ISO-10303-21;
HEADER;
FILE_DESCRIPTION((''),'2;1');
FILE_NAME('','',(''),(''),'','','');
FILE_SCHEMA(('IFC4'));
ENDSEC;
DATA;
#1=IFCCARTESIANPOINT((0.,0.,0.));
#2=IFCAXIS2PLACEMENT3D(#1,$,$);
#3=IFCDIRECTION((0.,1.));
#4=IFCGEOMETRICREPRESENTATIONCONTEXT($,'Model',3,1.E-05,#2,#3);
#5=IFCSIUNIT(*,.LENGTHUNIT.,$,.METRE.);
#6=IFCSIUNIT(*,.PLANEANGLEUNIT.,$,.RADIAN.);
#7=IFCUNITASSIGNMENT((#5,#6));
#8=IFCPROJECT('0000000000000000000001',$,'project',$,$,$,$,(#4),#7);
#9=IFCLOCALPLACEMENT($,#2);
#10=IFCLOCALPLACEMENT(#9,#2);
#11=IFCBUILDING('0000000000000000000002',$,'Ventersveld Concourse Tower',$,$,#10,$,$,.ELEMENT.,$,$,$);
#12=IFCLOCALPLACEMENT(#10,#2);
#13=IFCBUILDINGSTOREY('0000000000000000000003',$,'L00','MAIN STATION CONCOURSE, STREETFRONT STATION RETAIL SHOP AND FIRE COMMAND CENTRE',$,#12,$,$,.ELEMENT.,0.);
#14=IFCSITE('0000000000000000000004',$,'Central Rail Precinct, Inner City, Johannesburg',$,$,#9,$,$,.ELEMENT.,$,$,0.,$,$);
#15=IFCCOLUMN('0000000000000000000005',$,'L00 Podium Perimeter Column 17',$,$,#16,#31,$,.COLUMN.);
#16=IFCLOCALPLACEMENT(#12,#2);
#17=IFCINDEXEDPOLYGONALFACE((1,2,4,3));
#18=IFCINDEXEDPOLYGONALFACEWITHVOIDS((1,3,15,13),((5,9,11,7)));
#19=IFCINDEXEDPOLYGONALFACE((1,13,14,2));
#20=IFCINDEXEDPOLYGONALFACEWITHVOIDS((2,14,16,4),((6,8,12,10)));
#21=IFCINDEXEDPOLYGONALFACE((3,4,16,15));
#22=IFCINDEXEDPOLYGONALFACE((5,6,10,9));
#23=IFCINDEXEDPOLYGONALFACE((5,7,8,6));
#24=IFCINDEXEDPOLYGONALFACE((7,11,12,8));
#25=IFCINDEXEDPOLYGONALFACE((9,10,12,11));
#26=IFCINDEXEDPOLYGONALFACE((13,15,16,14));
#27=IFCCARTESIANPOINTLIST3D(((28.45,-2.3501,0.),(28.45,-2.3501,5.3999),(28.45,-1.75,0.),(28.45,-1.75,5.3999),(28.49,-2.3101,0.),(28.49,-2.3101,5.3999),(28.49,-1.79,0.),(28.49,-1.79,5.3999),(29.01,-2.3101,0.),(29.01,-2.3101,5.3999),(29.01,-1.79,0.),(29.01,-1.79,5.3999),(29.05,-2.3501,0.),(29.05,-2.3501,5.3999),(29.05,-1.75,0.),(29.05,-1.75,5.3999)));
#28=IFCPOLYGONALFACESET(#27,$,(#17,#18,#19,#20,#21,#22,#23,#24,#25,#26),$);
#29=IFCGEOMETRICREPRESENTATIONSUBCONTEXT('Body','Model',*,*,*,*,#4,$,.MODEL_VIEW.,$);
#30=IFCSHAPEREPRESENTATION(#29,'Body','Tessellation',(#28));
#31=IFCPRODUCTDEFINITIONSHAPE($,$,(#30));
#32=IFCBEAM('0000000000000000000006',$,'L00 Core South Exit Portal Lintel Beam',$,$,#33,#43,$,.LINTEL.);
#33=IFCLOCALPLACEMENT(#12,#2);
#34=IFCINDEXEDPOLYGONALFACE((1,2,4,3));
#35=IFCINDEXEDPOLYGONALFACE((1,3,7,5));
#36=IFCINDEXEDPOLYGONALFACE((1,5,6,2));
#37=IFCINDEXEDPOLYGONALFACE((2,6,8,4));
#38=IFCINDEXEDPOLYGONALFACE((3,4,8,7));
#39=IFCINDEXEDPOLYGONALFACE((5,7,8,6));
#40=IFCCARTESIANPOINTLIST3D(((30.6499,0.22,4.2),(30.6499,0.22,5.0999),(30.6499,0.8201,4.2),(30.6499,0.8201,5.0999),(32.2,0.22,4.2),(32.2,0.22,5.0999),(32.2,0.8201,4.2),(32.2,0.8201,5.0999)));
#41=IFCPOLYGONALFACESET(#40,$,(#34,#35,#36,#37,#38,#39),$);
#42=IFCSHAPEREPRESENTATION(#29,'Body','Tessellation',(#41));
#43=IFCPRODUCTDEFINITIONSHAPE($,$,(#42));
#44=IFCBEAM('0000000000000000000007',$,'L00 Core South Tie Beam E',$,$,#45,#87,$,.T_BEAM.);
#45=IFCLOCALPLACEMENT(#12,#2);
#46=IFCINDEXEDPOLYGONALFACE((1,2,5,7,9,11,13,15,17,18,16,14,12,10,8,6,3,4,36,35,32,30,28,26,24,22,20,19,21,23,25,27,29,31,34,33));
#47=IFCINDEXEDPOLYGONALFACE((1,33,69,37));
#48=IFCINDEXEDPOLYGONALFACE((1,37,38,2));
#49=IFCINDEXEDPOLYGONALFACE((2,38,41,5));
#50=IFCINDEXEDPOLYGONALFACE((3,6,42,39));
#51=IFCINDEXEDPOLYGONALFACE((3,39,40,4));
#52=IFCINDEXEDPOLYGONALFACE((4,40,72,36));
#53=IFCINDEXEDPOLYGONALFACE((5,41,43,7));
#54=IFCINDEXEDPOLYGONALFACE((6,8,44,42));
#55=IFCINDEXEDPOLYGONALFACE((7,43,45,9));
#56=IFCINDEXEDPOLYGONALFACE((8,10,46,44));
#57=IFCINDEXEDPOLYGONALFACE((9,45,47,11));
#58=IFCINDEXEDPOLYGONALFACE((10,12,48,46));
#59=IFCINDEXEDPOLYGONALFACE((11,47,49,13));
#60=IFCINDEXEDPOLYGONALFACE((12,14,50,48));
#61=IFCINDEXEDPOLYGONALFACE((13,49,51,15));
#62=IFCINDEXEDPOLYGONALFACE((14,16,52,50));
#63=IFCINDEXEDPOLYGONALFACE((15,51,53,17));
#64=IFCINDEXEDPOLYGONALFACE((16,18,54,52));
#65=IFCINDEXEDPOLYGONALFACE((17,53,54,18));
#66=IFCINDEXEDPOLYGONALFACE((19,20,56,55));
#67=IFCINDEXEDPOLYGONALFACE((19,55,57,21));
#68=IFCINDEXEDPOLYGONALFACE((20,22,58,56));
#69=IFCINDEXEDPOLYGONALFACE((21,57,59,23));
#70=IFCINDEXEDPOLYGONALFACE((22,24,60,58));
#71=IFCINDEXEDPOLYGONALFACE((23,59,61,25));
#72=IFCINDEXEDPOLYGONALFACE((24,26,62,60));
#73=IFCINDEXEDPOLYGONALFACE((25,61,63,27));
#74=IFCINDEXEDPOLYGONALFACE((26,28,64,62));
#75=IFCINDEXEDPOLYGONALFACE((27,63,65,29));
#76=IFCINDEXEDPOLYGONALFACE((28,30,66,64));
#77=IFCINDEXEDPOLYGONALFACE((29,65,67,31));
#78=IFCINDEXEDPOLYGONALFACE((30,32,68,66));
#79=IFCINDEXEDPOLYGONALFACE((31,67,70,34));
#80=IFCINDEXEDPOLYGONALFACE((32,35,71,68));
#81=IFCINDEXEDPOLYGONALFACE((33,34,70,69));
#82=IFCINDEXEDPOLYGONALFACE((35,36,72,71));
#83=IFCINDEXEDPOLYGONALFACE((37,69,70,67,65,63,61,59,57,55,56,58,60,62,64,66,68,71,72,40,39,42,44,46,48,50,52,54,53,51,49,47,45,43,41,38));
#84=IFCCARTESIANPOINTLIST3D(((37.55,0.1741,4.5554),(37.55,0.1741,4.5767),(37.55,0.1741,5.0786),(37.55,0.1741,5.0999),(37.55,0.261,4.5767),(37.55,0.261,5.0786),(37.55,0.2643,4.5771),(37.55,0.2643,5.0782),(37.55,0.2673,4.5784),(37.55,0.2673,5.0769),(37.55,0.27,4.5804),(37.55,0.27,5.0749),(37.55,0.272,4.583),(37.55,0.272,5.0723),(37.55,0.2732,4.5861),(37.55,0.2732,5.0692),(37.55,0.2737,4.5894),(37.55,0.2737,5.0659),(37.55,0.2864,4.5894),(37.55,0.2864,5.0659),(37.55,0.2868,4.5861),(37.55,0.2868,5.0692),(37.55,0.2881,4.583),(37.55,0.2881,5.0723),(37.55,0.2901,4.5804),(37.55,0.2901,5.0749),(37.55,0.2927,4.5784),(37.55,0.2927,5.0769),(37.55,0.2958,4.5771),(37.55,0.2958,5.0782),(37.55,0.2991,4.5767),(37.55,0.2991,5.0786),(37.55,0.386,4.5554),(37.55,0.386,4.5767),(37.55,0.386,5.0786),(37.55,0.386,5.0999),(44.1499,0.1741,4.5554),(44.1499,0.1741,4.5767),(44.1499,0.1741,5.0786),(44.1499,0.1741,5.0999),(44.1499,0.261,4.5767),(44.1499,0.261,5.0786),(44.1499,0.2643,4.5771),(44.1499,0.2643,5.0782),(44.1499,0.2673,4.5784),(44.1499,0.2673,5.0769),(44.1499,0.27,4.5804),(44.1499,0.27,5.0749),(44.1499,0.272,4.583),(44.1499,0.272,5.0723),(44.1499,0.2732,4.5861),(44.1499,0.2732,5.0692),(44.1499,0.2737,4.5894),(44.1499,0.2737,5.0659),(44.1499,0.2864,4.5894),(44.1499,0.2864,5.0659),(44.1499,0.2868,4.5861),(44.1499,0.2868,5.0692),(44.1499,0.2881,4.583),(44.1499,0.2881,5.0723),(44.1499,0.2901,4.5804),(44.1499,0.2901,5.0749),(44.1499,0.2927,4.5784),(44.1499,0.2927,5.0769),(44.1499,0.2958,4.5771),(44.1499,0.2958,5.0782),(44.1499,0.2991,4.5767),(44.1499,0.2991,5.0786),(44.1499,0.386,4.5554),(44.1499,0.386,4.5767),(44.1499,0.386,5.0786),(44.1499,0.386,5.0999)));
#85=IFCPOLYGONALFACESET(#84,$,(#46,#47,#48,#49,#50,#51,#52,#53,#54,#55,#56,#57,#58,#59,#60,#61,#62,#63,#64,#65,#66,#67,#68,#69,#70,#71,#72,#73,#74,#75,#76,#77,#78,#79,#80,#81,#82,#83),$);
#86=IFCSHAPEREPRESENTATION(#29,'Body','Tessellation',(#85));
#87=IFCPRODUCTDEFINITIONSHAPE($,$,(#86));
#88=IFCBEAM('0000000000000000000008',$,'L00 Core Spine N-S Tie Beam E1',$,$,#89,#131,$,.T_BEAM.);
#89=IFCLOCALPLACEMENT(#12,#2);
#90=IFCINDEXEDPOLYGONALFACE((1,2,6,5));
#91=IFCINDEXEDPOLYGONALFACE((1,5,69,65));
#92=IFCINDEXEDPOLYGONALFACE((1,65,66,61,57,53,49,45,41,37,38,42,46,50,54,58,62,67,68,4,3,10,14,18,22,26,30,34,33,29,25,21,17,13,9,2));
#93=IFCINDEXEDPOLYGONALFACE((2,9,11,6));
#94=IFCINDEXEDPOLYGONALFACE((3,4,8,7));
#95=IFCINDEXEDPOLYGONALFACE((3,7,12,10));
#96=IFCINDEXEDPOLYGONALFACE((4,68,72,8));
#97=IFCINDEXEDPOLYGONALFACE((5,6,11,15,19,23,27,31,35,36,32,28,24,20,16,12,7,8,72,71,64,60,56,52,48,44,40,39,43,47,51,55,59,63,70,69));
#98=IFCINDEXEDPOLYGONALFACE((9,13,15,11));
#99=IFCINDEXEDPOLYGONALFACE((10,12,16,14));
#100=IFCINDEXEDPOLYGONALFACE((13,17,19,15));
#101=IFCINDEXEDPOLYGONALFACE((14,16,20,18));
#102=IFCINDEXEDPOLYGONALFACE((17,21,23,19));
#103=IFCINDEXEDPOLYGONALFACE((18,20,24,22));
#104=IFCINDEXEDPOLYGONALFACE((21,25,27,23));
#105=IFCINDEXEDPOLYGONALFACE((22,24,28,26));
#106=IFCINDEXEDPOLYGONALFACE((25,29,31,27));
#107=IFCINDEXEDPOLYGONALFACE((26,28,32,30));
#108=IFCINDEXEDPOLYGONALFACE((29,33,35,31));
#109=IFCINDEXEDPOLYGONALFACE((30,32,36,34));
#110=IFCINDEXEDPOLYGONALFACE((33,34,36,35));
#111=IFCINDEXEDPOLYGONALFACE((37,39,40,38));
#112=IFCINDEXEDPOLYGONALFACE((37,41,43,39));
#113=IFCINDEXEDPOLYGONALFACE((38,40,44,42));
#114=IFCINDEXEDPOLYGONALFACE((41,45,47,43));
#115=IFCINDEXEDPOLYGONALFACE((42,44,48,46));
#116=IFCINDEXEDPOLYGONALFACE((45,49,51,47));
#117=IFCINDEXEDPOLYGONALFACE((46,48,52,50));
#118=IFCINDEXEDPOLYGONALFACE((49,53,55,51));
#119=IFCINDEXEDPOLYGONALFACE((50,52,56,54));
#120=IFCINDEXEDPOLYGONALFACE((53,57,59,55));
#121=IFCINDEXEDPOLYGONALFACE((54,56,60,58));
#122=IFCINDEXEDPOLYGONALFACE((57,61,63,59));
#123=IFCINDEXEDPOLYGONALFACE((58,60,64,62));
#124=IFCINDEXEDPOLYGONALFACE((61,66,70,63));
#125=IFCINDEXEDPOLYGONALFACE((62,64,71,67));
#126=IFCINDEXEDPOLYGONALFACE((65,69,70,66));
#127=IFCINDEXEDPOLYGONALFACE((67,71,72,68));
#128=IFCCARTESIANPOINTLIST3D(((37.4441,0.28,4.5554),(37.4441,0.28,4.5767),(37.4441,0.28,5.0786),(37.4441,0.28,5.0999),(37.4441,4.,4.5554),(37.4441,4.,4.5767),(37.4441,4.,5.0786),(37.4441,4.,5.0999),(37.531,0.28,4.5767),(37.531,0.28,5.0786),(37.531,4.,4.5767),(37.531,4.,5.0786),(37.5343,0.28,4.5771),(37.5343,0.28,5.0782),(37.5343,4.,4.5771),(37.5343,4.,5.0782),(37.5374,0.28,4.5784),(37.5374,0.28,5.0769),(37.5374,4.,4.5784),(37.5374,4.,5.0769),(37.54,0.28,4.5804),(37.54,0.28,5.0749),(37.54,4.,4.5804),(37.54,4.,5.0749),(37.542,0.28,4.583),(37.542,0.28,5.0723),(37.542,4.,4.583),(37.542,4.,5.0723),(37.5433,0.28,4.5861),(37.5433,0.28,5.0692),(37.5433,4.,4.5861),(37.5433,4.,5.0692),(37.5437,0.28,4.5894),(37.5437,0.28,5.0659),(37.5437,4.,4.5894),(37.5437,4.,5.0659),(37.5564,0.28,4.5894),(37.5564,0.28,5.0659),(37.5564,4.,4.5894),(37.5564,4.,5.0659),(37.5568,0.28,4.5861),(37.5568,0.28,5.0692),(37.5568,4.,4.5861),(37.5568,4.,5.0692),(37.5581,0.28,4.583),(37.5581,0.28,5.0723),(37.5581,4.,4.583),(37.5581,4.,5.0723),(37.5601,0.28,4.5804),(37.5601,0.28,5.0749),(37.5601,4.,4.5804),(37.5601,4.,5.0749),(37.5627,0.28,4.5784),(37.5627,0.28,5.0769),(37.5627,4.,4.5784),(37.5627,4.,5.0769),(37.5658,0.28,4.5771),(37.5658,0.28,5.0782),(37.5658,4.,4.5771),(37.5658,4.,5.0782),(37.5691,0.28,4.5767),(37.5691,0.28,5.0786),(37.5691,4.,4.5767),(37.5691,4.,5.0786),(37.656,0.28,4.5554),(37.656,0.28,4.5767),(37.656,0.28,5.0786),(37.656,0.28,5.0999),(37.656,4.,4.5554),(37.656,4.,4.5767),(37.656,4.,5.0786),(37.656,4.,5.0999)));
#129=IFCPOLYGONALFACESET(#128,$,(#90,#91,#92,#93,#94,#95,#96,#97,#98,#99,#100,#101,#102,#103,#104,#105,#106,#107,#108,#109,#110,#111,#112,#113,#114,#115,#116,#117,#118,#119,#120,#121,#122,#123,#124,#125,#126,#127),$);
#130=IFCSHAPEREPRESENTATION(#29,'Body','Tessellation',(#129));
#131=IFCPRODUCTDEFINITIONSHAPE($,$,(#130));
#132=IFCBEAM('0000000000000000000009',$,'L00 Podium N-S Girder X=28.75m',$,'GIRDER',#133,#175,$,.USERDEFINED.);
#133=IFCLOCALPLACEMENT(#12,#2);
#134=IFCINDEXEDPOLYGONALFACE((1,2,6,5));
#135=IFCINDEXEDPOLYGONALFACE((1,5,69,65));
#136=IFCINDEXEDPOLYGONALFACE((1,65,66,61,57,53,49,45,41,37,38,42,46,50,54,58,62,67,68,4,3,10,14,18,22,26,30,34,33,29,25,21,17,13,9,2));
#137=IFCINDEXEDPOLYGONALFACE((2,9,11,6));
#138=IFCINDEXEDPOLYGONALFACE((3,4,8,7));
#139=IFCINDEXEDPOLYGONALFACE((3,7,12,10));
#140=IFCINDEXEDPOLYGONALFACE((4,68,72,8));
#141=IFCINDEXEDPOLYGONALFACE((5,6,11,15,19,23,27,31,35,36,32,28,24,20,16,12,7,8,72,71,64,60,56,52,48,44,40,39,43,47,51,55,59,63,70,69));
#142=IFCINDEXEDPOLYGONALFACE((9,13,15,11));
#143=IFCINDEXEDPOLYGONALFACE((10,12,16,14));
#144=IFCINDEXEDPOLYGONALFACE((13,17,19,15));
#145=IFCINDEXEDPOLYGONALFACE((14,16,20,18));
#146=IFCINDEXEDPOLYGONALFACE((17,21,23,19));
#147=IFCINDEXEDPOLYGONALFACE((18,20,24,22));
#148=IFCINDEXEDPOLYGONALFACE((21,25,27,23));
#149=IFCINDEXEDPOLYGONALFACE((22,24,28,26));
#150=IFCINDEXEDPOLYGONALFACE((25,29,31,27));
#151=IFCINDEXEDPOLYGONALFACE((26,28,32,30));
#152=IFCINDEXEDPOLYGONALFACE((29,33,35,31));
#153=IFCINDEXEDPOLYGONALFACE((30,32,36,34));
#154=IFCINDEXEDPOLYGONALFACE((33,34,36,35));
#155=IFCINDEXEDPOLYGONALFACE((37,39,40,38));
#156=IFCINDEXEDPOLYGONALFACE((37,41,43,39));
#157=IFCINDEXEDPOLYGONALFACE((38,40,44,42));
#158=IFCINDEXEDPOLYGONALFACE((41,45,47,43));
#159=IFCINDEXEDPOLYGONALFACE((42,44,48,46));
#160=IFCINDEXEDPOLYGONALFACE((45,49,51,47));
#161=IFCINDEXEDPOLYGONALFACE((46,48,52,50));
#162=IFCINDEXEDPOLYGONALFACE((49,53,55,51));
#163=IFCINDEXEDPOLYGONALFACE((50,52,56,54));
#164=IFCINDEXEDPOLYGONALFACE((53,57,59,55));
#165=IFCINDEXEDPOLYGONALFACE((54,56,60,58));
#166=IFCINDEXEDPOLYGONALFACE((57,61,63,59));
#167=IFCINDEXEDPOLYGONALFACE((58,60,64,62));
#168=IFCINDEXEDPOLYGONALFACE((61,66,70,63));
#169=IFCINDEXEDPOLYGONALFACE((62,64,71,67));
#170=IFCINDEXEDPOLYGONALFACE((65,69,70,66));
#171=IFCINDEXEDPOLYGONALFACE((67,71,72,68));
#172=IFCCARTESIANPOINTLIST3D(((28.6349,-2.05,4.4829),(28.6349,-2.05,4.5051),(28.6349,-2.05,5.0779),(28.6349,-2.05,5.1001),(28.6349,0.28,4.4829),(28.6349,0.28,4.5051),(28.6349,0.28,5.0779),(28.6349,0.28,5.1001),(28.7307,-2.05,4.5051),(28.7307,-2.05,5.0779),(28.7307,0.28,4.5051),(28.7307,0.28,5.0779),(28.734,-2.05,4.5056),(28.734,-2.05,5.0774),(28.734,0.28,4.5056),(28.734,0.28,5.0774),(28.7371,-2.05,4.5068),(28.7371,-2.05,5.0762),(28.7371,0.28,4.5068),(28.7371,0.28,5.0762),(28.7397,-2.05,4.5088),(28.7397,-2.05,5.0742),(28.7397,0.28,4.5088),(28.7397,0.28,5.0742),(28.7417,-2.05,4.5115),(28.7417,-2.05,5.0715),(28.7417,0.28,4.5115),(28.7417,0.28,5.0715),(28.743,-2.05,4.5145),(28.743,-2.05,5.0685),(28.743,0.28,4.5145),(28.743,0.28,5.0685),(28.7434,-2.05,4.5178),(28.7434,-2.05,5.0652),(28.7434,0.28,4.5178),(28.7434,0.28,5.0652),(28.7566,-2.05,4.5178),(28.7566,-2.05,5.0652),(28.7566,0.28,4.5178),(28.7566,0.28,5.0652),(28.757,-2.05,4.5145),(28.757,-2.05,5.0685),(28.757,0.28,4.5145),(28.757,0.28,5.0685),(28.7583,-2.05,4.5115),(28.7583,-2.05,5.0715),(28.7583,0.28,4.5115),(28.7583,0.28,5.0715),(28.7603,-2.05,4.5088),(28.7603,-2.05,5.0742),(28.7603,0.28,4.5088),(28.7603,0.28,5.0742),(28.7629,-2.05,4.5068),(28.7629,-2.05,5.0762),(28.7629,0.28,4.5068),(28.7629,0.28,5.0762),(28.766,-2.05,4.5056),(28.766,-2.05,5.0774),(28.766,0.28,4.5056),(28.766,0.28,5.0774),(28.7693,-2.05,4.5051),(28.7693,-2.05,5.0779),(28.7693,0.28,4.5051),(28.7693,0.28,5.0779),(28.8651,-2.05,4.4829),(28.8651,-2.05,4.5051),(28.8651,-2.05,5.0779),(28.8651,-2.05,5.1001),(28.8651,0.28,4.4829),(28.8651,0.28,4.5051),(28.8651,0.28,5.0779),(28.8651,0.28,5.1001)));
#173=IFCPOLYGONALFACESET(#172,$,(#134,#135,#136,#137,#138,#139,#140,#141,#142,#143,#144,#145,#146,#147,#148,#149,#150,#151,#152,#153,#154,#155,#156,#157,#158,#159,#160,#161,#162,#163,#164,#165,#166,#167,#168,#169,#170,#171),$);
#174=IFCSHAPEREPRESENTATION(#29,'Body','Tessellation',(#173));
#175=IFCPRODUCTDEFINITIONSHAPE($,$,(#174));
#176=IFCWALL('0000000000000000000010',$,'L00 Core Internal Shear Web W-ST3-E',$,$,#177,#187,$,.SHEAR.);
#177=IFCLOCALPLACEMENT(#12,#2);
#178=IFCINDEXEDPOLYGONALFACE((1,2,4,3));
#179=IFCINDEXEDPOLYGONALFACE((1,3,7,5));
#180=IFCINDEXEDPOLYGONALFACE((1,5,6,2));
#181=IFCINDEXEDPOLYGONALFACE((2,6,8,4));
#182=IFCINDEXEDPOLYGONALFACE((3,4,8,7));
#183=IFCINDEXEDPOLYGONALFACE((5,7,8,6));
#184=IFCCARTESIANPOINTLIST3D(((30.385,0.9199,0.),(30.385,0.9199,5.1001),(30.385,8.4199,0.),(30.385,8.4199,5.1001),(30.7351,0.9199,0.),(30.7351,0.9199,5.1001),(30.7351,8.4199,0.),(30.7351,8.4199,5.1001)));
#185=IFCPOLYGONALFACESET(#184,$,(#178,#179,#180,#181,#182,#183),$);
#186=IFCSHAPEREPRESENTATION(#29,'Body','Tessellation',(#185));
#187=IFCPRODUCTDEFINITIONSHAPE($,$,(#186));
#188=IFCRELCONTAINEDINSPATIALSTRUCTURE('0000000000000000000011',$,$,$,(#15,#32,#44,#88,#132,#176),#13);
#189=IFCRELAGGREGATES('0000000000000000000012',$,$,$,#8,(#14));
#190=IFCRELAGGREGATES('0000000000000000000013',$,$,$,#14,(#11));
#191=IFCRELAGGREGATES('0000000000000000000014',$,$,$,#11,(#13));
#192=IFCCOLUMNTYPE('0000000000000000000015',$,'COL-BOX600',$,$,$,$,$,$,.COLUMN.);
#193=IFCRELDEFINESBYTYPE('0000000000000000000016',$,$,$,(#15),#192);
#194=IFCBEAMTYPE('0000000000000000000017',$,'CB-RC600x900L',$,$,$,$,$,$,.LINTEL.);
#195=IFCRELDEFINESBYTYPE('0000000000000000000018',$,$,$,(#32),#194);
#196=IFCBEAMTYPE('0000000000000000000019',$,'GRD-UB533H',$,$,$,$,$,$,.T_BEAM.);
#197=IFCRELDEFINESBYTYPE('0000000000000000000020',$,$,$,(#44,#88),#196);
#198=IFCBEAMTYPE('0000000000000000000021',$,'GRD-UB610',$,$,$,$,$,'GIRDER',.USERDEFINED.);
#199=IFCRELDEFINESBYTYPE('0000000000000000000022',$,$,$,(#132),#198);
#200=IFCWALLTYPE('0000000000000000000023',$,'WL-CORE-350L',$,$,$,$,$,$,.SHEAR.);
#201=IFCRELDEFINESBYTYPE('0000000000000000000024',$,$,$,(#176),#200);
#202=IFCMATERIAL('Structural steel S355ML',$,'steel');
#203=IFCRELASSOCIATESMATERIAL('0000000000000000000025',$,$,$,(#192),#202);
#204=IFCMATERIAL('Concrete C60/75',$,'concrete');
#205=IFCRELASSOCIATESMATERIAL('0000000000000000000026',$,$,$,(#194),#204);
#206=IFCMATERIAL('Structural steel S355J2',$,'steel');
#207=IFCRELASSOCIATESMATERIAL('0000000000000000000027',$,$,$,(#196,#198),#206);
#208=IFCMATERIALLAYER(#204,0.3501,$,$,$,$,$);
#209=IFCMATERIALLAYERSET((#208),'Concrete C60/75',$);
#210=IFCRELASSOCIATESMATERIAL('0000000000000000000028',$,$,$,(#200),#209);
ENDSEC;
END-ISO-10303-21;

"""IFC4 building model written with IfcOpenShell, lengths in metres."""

from ifc_helpers import new_model, si_unit, direction, frame, frame_2d, origin, origin_2d, place, context, subcontext, project, spatial, rectangle, hollow_rectangle, i_section, extrude, material, layer, layer_set, material_profile, profile_set, type_object, element, save


model = new_model("IFC4")

# Units and contexts
model_context = context("Model", 3, precision=1e-05, world=origin(), true_north=direction((0.0, 1.0)))
body_context = subcontext(model_context, "Body", "Model", "MODEL_VIEW")
ifc_project = project(units=[si_unit("LENGTHUNIT", "METRE"), si_unit("PLANEANGLEUNIT", "RADIAN")], contexts=[model_context])

# Site, building, storey
site_placement = place(None, origin())
site = spatial("IfcSite", under=ifc_project, at=site_placement, Name="Central Rail Precinct, Inner City, Johannesburg", CompositionType="ELEMENT", RefElevation=0.0)
building_placement = place(site_placement, origin())
building = spatial("IfcBuilding", under=site, at=building_placement, Name="Ventersveld Concourse Tower", CompositionType="ELEMENT")
storey_placement = place(building_placement, origin())
storey = spatial("IfcBuildingStorey", under=building, at=storey_placement, Name="L00", Description="MAIN STATION CONCOURSE, STREETFRONT STATION RETAIL SHOP AND FIRE COMMAND CENTRE", CompositionType="ELEMENT", Elevation=0.0)

# Column
ifc_material_1 = material(Name="Structural steel S355ML", Category="steel")
ifc_material_profile_1 = material_profile(ifc_material_1, hollow_rectangle(XDim=0.6001, YDim=0.6001, WallThickness=0.04, at=origin_2d()), Name="BOX 600x600x40")
ifc_profile_set_1 = profile_set([ifc_material_profile_1], Name="Structural steel S355ML")
column_type = type_object("IfcColumnType", Name="COL-BOX600", PredefinedType="COLUMN", material=ifc_profile_set_1)
column_placement = place(storey_placement, frame((28.75, -2.05, 0.0), z_axis=(0.0, 0.0, 1.0), x_axis=(1.0, 0.0, 0.0)))
element("IfcColumn", 1, at=column_placement, inside=storey, type_object=column_type, Name="L00 Podium Perimeter Column 17", PredefinedType="COLUMN", context=body_context, shape_type="SweptSolid", body=[
    extrude(hollow_rectangle(XDim=0.6001, YDim=0.6001, WallThickness=0.04, at=origin_2d()), origin(), (0.0, 0.0, 1.0), 5.3999),
])

# Beams
ifc_material_2 = material(Name="Concrete C60/75", Category="concrete")
ifc_material_profile_2 = material_profile(ifc_material_2, rectangle(XDim=0.6001, YDim=0.8999, at=origin_2d()), Name="RC 600x900")
ifc_profile_set_2 = profile_set([ifc_material_profile_2], Name="Concrete C60/75")
beam_type_1 = type_object("IfcBeamType", Name="CB-RC600x900L", PredefinedType="LINTEL", material=ifc_profile_set_2)
beam_1_placement = place(storey_placement, frame((30.6499, 0.52, 4.6499), z_axis=(1.0, 0.0, 0.0), x_axis=(0.0, 1.0, 0.0)))
element("IfcBeam", 2, at=beam_1_placement, inside=storey, type_object=beam_type_1, Name="L00 Core South Exit Portal Lintel Beam", PredefinedType="LINTEL", context=body_context, shape_type="SweptSolid", body=[
    extrude(rectangle(XDim=0.6001, YDim=0.8999, at=origin_2d()), origin(), (0.0, 0.0, 1.0), 1.55),
])
ifc_material_3 = material(Name="Structural steel S355J2", Category="steel")
ifc_material_profile_3 = material_profile(ifc_material_3, i_section(OverallWidth=0.2119, OverallDepth=0.5444, WebThickness=0.0127, FlangeThickness=0.0212, FilletRadius=0.0127, at=origin_2d()), Name="UB 533x210x122")
ifc_profile_set_3 = profile_set([ifc_material_profile_3], Name="Structural steel S355J2")
beam_type_2 = type_object("IfcBeamType", Name="GRD-UB533H", PredefinedType="T_BEAM", material=ifc_profile_set_3)
beam_2_placement = place(storey_placement, frame((37.55, 0.28, 4.8276), z_axis=(1.0, 0.0, 0.0), x_axis=(0.0, 1.0, 0.0)))
element("IfcBeam", 3, at=beam_2_placement, inside=storey, type_object=beam_type_2, Name="L00 Core South Tie Beam E", PredefinedType="T_BEAM", context=body_context, shape_type="SweptSolid", body=[
    extrude(i_section(OverallWidth=0.2119, OverallDepth=0.5444, WebThickness=0.0127, FlangeThickness=0.0212, FilletRadius=0.0127, at=origin_2d()), origin(), (0.0, 0.0, 1.0), 6.5999),
])
beam_3_placement = place(storey_placement, frame((37.55, 0.28, 4.8276), z_axis=(0.0, 1.0, 0.0), x_axis=(-1.0, 0.0, 0.0)))
element("IfcBeam", 4, at=beam_3_placement, inside=storey, type_object=beam_type_2, Name="L00 Core Spine N-S Tie Beam E1", PredefinedType="T_BEAM", context=body_context, shape_type="SweptSolid", body=[
    extrude(i_section(OverallWidth=0.2119, OverallDepth=0.5444, WebThickness=0.0127, FlangeThickness=0.0212, FilletRadius=0.0127, at=origin_2d()), origin(), (0.0, 0.0, 1.0), 3.72),
])
ifc_material_profile_4 = material_profile(ifc_material_3, i_section(OverallWidth=0.2302, OverallDepth=0.6172, WebThickness=0.0132, FlangeThickness=0.0222, FilletRadius=0.0127, at=origin_2d()), Name="UB 610x229x140")
ifc_profile_set_4 = profile_set([ifc_material_profile_4], Name="Structural steel S355J2")
beam_type_3 = type_object("IfcBeamType", Name="GRD-UB610", ElementType="GIRDER", PredefinedType="USERDEFINED", material=ifc_profile_set_4)
beam_4_placement = place(storey_placement, frame((28.75, -2.05, 4.7915), z_axis=(0.0, 1.0, 0.0), x_axis=(-1.0, 0.0, 0.0)))
element("IfcBeam", 5, at=beam_4_placement, inside=storey, type_object=beam_type_3, Name="L00 Podium N-S Girder X=28.75m", ObjectType="GIRDER", PredefinedType="USERDEFINED", context=body_context, shape_type="SweptSolid", body=[
    extrude(i_section(OverallWidth=0.2302, OverallDepth=0.6172, WebThickness=0.0132, FlangeThickness=0.0222, FilletRadius=0.0127, at=origin_2d()), origin(), (0.0, 0.0, 1.0), 2.3301),
])

# Wall
ifc_layer_1 = layer(ifc_material_2, 0.3501)
ifc_layer_set_1 = layer_set([ifc_layer_1], Name="Concrete C60/75")
wall_type_1 = type_object("IfcWallType", Name="WL-CORE-350L", PredefinedType="SHEAR", material=ifc_layer_set_1)
for number, where, z_axis, x_axis, name in (
    (6, (30.5601, 0.9199, 0.0), (0.0, 0.0, 1.0), (0.0, 1.0, 0.0), "L00 Core Internal Shear Web W-ST3-E"),
):
    element("IfcWall", number, at=place(storey_placement, frame(where, z_axis=z_axis, x_axis=x_axis)), inside=storey, type_object=wall_type_1, Name=name, PredefinedType="SHEAR", context=body_context, shape_type="SweptSolid", body=[
        extrude(rectangle(XDim=7.5, YDim=0.3501, at=frame_2d((3.75, 0.0))), origin(), (0.0, 0.0, 1.0), 5.1001),
    ])

save(model, "model.ifc")
